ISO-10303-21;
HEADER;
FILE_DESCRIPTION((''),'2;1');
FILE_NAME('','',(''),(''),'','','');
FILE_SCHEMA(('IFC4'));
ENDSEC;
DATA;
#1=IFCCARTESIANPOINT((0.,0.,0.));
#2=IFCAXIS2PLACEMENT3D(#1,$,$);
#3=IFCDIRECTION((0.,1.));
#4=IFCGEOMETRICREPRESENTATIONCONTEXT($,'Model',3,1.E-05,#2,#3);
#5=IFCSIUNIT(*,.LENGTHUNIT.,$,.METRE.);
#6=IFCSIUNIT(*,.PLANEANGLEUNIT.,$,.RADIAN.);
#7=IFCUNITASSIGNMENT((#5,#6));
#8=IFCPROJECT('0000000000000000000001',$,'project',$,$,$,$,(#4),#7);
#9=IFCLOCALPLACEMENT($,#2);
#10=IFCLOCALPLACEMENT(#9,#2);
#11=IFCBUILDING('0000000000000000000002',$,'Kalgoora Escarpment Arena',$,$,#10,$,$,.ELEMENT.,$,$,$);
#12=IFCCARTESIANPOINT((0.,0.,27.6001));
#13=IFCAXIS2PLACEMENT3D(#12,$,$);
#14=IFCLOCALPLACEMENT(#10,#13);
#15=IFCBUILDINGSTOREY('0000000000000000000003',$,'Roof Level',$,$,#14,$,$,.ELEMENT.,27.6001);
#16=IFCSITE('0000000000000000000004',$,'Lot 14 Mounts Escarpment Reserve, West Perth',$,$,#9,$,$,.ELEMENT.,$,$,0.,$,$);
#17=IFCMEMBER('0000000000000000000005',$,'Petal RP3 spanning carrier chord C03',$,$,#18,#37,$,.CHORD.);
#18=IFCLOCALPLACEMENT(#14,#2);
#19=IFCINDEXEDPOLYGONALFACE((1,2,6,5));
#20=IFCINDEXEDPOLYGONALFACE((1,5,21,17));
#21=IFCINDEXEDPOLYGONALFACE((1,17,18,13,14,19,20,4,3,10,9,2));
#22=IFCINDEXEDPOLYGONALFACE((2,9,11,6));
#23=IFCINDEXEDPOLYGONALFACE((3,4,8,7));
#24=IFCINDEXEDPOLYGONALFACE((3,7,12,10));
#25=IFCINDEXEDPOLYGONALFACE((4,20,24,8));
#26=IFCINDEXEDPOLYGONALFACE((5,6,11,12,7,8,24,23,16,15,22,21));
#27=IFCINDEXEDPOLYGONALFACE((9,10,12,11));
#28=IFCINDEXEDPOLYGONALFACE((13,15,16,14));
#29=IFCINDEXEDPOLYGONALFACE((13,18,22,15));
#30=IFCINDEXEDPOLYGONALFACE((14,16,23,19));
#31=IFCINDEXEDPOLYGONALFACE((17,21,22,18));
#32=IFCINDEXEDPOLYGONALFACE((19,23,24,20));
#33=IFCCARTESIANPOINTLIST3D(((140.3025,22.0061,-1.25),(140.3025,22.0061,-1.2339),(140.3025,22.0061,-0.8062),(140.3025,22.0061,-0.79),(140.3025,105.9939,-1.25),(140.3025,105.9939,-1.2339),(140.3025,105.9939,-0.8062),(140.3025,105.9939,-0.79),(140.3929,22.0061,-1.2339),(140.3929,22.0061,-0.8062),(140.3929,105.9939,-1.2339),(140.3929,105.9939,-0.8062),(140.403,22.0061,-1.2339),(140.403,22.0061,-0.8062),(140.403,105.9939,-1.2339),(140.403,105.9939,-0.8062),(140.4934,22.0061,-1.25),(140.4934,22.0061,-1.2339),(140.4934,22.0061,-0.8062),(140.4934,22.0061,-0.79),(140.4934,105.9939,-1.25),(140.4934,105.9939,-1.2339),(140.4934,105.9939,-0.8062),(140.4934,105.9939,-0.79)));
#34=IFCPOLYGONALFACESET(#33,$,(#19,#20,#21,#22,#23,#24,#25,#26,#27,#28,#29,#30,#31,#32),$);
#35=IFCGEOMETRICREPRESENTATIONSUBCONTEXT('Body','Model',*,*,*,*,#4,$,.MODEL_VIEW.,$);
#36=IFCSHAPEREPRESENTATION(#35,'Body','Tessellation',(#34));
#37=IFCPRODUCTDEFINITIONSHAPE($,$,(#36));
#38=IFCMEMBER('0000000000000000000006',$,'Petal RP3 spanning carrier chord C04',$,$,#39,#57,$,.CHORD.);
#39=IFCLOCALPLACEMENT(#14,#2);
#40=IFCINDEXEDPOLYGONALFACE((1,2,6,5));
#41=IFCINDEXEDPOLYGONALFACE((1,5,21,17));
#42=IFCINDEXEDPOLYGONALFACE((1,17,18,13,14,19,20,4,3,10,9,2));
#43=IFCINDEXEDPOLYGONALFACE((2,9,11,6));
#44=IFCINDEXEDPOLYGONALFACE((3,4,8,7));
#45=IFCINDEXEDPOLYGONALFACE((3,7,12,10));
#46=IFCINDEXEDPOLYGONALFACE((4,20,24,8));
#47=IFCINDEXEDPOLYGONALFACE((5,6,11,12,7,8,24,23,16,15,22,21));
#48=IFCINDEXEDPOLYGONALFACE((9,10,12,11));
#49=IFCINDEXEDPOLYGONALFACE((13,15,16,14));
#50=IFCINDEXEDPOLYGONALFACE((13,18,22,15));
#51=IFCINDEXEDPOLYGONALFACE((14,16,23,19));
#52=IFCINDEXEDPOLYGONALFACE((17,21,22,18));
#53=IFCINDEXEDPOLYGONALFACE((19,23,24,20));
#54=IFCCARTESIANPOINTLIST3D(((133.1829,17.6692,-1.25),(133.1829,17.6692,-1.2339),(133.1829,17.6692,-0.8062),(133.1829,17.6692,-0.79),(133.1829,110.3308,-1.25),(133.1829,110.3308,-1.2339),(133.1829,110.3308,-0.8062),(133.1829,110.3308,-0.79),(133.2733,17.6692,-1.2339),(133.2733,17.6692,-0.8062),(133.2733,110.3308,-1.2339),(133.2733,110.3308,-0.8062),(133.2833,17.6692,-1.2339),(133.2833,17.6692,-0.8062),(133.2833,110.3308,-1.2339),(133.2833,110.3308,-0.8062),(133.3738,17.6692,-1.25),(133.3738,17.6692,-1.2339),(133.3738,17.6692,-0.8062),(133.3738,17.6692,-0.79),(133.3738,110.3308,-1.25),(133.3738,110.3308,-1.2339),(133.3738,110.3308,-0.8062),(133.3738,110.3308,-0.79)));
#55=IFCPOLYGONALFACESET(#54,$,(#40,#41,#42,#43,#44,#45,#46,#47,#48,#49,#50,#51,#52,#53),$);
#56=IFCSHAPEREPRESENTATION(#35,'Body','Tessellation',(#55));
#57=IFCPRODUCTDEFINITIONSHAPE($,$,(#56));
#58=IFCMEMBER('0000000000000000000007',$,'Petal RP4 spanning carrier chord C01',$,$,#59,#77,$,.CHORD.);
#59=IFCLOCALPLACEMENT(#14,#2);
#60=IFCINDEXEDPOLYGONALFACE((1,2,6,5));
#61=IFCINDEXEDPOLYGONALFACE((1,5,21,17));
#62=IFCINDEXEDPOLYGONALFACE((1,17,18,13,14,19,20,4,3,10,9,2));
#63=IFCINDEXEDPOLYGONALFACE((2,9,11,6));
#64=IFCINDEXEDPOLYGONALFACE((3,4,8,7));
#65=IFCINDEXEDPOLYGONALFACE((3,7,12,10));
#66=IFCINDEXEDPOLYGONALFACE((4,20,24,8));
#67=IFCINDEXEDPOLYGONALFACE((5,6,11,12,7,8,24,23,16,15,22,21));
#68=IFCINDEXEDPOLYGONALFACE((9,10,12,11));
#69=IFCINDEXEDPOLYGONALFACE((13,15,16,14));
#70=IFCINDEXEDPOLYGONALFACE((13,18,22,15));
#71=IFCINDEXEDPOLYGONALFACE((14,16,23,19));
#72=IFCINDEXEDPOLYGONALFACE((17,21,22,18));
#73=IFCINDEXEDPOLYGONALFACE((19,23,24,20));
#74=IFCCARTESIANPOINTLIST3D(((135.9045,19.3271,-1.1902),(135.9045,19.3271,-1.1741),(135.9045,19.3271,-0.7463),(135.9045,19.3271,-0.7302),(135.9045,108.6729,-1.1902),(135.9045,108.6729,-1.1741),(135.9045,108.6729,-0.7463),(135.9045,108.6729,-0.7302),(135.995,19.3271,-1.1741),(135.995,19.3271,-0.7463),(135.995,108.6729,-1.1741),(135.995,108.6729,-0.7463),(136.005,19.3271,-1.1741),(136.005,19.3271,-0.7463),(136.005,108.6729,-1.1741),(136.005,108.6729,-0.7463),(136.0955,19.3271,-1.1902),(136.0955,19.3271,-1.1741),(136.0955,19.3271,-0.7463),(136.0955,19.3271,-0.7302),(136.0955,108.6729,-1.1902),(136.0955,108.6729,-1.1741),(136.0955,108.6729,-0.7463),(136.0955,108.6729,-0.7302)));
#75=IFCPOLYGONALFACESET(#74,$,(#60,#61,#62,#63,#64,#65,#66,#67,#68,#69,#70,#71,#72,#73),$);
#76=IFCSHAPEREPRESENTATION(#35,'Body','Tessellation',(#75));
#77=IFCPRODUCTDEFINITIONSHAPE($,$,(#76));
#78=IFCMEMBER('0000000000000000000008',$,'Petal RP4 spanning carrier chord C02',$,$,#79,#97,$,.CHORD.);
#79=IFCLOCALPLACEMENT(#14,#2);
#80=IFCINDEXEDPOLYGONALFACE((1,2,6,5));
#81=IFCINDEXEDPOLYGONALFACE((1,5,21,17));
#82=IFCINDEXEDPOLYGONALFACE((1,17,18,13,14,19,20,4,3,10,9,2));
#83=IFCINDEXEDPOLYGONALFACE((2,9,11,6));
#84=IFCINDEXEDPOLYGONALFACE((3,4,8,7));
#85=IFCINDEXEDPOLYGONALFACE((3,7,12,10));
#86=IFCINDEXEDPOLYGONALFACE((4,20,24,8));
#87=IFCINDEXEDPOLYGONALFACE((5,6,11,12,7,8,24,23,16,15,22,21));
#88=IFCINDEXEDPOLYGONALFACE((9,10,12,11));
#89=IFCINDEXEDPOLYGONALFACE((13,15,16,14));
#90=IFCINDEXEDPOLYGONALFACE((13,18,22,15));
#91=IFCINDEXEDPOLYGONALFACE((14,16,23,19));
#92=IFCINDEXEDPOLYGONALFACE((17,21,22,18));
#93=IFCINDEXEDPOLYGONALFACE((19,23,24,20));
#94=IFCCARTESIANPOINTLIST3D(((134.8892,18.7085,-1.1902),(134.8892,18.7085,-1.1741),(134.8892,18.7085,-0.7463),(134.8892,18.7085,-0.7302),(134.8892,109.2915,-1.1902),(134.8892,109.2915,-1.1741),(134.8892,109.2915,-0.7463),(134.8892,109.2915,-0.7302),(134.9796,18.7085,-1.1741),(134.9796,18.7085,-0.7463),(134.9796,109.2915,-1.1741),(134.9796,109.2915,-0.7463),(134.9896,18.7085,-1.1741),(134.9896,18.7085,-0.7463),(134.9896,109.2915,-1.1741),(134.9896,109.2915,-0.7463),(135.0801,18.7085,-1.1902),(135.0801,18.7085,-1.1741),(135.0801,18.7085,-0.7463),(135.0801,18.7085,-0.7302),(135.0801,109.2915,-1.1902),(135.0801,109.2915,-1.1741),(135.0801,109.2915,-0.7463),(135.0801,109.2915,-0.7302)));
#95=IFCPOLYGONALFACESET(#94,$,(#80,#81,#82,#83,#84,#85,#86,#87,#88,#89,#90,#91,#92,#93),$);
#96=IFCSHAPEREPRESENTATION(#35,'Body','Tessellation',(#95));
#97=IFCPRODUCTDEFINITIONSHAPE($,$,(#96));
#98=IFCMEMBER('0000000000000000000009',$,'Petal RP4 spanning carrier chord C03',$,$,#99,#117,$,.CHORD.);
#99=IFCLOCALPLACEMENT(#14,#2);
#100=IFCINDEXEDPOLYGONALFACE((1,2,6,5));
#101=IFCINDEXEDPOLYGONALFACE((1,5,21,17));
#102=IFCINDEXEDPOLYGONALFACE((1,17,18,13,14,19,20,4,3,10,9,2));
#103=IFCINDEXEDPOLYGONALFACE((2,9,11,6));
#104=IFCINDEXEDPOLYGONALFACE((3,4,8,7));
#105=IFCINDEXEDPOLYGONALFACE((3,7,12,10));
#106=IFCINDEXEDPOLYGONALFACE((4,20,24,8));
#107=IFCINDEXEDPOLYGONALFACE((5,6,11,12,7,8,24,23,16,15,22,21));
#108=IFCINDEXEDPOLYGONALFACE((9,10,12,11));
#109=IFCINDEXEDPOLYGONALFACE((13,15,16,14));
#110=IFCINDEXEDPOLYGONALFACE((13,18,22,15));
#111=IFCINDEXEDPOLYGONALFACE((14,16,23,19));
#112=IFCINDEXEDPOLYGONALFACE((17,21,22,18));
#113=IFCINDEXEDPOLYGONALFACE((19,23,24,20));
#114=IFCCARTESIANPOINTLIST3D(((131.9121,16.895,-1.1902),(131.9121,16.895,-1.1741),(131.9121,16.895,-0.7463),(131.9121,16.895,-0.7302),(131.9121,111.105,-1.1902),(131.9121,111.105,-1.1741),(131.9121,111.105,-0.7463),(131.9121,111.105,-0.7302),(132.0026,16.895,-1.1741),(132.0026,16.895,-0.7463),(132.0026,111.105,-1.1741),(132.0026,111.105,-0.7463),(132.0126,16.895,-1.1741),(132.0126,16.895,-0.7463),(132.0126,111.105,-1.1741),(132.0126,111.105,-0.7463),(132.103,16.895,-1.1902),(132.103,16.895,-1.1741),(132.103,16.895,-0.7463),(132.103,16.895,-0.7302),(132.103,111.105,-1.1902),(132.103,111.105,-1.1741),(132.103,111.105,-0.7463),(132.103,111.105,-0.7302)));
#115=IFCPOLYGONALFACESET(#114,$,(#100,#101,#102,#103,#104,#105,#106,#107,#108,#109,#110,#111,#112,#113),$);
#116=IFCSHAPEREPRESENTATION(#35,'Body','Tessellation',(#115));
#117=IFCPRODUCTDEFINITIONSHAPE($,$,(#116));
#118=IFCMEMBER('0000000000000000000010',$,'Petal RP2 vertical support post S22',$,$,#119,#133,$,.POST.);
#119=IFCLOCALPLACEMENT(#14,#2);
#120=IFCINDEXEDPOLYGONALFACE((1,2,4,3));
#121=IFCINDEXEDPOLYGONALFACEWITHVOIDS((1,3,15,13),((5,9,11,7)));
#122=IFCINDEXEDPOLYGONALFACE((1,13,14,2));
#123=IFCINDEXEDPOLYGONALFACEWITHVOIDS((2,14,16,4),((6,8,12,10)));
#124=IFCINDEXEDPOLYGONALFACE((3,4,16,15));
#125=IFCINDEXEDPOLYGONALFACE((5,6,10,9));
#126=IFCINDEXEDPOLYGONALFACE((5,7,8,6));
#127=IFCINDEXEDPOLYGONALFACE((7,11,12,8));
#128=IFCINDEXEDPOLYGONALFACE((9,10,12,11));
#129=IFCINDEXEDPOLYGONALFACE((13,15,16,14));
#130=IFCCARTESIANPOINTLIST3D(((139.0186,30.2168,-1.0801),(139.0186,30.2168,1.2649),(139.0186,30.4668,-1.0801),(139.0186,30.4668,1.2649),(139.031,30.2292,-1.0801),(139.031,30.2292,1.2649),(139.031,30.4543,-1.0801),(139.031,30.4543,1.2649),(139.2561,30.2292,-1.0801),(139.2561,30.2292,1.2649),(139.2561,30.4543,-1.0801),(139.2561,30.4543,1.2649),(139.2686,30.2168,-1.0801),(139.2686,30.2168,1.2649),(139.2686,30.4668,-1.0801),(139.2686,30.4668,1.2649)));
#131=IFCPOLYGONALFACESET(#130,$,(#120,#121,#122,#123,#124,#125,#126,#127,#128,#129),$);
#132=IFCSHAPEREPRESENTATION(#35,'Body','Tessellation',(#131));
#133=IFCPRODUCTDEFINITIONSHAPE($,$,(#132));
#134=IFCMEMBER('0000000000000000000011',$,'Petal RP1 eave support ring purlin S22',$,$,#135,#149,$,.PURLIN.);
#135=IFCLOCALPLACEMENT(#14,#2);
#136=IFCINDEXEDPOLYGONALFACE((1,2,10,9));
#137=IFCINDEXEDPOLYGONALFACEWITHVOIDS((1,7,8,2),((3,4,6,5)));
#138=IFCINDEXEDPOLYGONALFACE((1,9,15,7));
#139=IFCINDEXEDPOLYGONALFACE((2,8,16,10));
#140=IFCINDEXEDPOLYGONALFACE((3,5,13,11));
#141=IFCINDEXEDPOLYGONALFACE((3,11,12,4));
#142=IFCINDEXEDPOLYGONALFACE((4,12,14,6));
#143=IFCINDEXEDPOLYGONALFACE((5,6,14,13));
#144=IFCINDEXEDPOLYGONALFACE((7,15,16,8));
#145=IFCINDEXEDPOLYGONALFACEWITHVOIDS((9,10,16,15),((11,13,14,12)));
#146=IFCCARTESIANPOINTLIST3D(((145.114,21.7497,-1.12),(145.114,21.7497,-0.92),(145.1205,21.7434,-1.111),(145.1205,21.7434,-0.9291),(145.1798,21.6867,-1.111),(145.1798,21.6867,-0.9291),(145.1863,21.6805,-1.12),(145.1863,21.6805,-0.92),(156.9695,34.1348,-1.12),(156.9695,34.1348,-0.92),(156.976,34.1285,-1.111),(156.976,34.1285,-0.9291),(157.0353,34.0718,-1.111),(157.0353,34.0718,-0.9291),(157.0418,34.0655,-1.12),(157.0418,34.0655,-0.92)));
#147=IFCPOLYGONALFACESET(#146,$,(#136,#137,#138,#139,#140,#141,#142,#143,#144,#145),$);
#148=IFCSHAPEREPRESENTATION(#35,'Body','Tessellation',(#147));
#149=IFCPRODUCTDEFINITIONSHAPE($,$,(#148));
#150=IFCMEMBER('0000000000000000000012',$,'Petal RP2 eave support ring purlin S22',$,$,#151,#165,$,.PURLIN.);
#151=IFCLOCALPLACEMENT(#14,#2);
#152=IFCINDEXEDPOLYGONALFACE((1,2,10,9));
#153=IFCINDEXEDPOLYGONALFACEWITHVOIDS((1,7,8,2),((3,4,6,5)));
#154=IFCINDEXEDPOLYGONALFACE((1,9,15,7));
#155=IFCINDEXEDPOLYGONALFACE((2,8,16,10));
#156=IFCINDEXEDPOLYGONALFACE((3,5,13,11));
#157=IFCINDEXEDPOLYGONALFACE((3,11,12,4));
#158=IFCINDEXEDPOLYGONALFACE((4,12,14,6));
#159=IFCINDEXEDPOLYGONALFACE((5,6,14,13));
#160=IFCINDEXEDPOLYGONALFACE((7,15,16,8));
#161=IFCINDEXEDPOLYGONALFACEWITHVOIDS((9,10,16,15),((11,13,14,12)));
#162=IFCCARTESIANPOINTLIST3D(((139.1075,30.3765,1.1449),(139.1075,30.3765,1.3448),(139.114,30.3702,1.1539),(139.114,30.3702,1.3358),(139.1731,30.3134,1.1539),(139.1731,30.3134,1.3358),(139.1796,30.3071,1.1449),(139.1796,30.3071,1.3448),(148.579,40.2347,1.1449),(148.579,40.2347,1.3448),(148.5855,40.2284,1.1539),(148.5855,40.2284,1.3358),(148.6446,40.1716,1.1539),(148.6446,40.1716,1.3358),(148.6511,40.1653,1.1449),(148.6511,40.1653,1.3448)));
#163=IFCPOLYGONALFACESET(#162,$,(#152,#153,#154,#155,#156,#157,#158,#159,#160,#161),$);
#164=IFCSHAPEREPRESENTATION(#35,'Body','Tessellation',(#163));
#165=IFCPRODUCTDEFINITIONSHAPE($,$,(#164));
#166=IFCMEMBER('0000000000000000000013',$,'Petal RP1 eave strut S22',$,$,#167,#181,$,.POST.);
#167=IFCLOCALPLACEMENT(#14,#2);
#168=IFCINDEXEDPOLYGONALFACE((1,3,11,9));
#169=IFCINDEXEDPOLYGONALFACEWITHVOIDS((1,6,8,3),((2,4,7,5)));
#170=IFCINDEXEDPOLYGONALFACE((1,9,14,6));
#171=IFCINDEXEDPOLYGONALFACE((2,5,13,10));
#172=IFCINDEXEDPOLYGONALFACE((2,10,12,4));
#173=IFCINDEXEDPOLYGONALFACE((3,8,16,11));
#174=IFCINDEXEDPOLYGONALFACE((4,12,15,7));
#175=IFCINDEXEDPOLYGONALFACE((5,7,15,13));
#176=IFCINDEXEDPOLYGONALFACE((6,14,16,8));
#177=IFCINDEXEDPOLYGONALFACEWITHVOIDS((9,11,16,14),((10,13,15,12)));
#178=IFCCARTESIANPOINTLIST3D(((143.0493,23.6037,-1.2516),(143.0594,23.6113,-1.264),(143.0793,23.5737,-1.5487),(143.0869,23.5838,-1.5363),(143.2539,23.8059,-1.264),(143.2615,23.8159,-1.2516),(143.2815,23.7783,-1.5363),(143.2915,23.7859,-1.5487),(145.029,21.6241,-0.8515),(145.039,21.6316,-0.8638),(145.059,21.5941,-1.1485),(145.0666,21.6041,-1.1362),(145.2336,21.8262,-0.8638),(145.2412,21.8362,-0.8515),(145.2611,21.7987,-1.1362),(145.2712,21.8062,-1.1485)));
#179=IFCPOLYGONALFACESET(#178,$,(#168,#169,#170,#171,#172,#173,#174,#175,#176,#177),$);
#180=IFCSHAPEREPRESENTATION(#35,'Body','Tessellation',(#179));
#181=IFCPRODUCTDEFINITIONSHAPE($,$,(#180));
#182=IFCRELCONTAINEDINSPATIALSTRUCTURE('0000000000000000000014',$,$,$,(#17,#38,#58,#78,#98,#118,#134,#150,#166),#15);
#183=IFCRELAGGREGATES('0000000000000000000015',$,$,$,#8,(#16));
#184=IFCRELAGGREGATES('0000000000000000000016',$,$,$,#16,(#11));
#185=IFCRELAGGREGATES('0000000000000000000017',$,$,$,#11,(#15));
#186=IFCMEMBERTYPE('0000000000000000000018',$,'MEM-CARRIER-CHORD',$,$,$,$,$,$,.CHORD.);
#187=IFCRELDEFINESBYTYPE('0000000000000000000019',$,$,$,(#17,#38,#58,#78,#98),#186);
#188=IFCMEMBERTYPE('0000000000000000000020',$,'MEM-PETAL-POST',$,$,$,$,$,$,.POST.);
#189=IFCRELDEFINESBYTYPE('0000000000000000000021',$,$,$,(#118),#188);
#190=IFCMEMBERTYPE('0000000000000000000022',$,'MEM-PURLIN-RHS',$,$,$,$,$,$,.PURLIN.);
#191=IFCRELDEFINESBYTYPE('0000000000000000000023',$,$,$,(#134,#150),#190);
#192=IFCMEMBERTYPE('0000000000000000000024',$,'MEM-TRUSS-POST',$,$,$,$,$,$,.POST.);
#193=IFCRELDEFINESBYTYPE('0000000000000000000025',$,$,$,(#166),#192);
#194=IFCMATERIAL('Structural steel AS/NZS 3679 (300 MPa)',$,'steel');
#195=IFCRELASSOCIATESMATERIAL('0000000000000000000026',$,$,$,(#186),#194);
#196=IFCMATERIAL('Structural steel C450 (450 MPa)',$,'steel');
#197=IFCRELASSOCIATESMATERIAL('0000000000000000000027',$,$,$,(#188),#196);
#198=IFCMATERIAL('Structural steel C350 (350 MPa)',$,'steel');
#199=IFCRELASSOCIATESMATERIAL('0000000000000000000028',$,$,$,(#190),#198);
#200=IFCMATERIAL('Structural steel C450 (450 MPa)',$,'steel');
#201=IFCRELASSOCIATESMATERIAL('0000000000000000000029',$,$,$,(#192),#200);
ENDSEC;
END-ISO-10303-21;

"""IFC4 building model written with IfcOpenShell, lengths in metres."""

from ifc_helpers import new_model, si_unit, direction, frame, origin, origin_2d, place, context, subcontext, project, spatial, hollow_rectangle, i_section, extrude, material, material_profile, profile_set, type_object, element, save


model = new_model("IFC4")

# Units and contexts
model_context = context("Model", 3, precision=1e-05, world=origin(), true_north=direction((0.0, 1.0)))
body_context = subcontext(model_context, "Body", "Model", "MODEL_VIEW")
ifc_project = project(units=[si_unit("LENGTHUNIT", "METRE"), si_unit("PLANEANGLEUNIT", "RADIAN")], contexts=[model_context])

# Site, building, storey
site_placement = place(None, origin())
site = spatial("IfcSite", under=ifc_project, at=site_placement, Name="Lot 14 Mounts Escarpment Reserve, West Perth", CompositionType="ELEMENT", RefElevation=0.0)
building_placement = place(site_placement, origin())
building = spatial("IfcBuilding", under=site, at=building_placement, Name="Kalgoora Escarpment Arena", CompositionType="ELEMENT")
storey_placement = place(building_placement, frame((0.0, 0.0, 27.6001)))
storey = spatial("IfcBuildingStorey", under=building, at=storey_placement, Name="Roof Level", CompositionType="ELEMENT", Elevation=27.6001)

# Members
ifc_material_1 = material(Name="Structural steel AS/NZS 3679 (300 MPa)", Category="steel")
ifc_material_profile_1 = material_profile(ifc_material_1, i_section(OverallWidth=0.1909, OverallDepth=0.46, WebThickness=0.01, FlangeThickness=0.0161, at=origin_2d()))
ifc_profile_set_1 = profile_set([ifc_material_profile_1], Name="Structural steel AS/NZS 3679 (300 MPa)")
member_type_1 = type_object("IfcMemberType", Name="MEM-CARRIER-CHORD", PredefinedType="CHORD", material=ifc_profile_set_1)
member_1_placement = place(storey_placement, frame((140.3979, 22.0061, -1.02), z_axis=(0.0, 1.0, 0.0), x_axis=(-1.0, 0.0, 0.0)))
element("IfcMember", 1, at=member_1_placement, inside=storey, type_object=member_type_1, Name="Petal RP3 spanning carrier chord C03", PredefinedType="CHORD", context=body_context, shape_type="SweptSolid", body=[
    extrude(i_section(OverallWidth=0.1909, OverallDepth=0.46, WebThickness=0.01, FlangeThickness=0.0161, at=origin_2d()), origin(), (0.0, 0.0, 1.0), 83.9878),
])
member_2_placement = place(storey_placement, frame((133.2783, 17.6692, -1.02), z_axis=(0.0, 1.0, 0.0), x_axis=(-1.0, 0.0, 0.0)))
element("IfcMember", 2, at=member_2_placement, inside=storey, type_object=member_type_1, Name="Petal RP3 spanning carrier chord C04", PredefinedType="CHORD", context=body_context, shape_type="SweptSolid", body=[
    extrude(i_section(OverallWidth=0.1909, OverallDepth=0.46, WebThickness=0.01, FlangeThickness=0.0161, at=origin_2d()), origin(), (0.0, 0.0, 1.0), 92.6616),
])
member_3_placement = place(storey_placement, frame((136.0, 19.3271, -0.9602), z_axis=(0.0, 1.0, 0.0), x_axis=(-1.0, 0.0, 0.0)))
element("IfcMember", 3, at=member_3_placement, inside=storey, type_object=member_type_1, Name="Petal RP4 spanning carrier chord C01", PredefinedType="CHORD", context=body_context, shape_type="SweptSolid", body=[
    extrude(i_section(OverallWidth=0.1909, OverallDepth=0.46, WebThickness=0.01, FlangeThickness=0.0161, at=origin_2d()), origin(), (0.0, 0.0, 1.0), 89.3457),
])
member_4_placement = place(storey_placement, frame((134.9846, 18.7085, -0.9602), z_axis=(0.0, 1.0, 0.0), x_axis=(-1.0, 0.0, 0.0)))
element("IfcMember", 4, at=member_4_placement, inside=storey, type_object=member_type_1, Name="Petal RP4 spanning carrier chord C02", PredefinedType="CHORD", context=body_context, shape_type="SweptSolid", body=[
    extrude(i_section(OverallWidth=0.1909, OverallDepth=0.46, WebThickness=0.01, FlangeThickness=0.0161, at=origin_2d()), origin(), (0.0, 0.0, 1.0), 90.583),
])
member_5_placement = place(storey_placement, frame((132.0076, 16.895, -0.9602), z_axis=(0.0, 1.0, 0.0), x_axis=(-1.0, 0.0, 0.0)))
element("IfcMember", 5, at=member_5_placement, inside=storey, type_object=member_type_1, Name="Petal RP4 spanning carrier chord C03", PredefinedType="CHORD", context=body_context, shape_type="SweptSolid", body=[
    extrude(i_section(OverallWidth=0.1909, OverallDepth=0.46, WebThickness=0.01, FlangeThickness=0.0161, at=origin_2d()), origin(), (0.0, 0.0, 1.0), 94.21),
])
ifc_material_2 = material(Name="Structural steel C450 (450 MPa)", Category="steel")
ifc_material_profile_2 = material_profile(ifc_material_2, hollow_rectangle(XDim=0.25, YDim=0.25, WallThickness=0.0125, at=origin_2d()))
ifc_profile_set_2 = profile_set([ifc_material_profile_2], Name="Structural steel C450 (450 MPa)")
member_type_2 = type_object("IfcMemberType", Name="MEM-PETAL-POST", PredefinedType="POST", material=ifc_profile_set_2)
member_6_placement = place(storey_placement, frame((139.1436, 30.3418, -1.0801), z_axis=(0.0, 0.0, 1.0), x_axis=(1.0, 0.0, 0.0)))
element("IfcMember", 6, at=member_6_placement, inside=storey, type_object=member_type_2, Name="Petal RP2 vertical support post S22", PredefinedType="POST", context=body_context, shape_type="SweptSolid", body=[
    extrude(hollow_rectangle(XDim=0.25, YDim=0.25, WallThickness=0.0125, at=origin_2d()), origin(), (0.0, 0.0, 1.0), 2.345),
])
ifc_material_3 = material(Name="Structural steel C350 (350 MPa)", Category="steel")
ifc_material_profile_3 = material_profile(ifc_material_3, hollow_rectangle(XDim=0.1001, YDim=0.2, WallThickness=0.009, at=origin_2d()))
ifc_profile_set_3 = profile_set([ifc_material_profile_3], Name="Structural steel C350 (350 MPa)")
member_type_3 = type_object("IfcMemberType", Name="MEM-PURLIN-RHS", PredefinedType="PURLIN", material=ifc_profile_set_3)
member_7_placement = place(storey_placement, frame((145.1501, 21.7151, -1.02), z_axis=(0.691495, 0.722381, 0.0), x_axis=(-0.722381, 0.691495, 0.0)))
element("IfcMember", 7, at=member_7_placement, inside=storey, type_object=member_type_3, Name="Petal RP1 eave support ring purlin S22", PredefinedType="PURLIN", context=body_context, shape_type="SweptSolid", body=[
    extrude(hollow_rectangle(XDim=0.1001, YDim=0.2, WallThickness=0.009, at=origin_2d()), origin(), (0.0, 0.0, 1.0), 17.1448),
])
member_8_placement = place(storey_placement, frame((139.1436, 30.3418, 1.2449), z_axis=(0.692821, 0.721109, 0.0), x_axis=(-0.721109, 0.692821, 0.0)))
element("IfcMember", 8, at=member_8_placement, inside=storey, type_object=member_type_3, Name="Petal RP2 eave support ring purlin S22", PredefinedType="PURLIN", context=body_context, shape_type="SweptSolid", body=[
    extrude(hollow_rectangle(XDim=0.1001, YDim=0.2, WallThickness=0.009, at=origin_2d()), origin(), (0.0, 0.0, 1.0), 13.6709),
])
ifc_material_4 = material(Name="Structural steel C450 (450 MPa)", Category="steel")
ifc_material_profile_4 = material_profile(ifc_material_4, hollow_rectangle(XDim=0.3, YDim=0.3, WallThickness=0.0125, at=origin_2d()))
ifc_profile_set_4 = profile_set([ifc_material_profile_4], Name="Structural steel C450 (450 MPa)")
member_type_4 = type_object("IfcMemberType", Name="MEM-TRUSS-POST", PredefinedType="POST", material=ifc_profile_set_4)
member_9_placement = place(storey_placement, frame((143.1704, 23.6948, -1.4001), z_axis=(0.699994, -0.699994, 0.141484), x_axis=(0.707107, 0.707107, 0.0)))
element("IfcMember", 9, at=member_9_placement, inside=storey, type_object=member_type_4, Name="Petal RP1 eave strut S22", PredefinedType="POST", context=body_context, shape_type="SweptSolid", body=[
    extrude(hollow_rectangle(XDim=0.3, YDim=0.3, WallThickness=0.0125, at=origin_2d()), origin(), (0.0, 0.0, 1.0), 2.8281),
])

save(model, "model.ifc")
